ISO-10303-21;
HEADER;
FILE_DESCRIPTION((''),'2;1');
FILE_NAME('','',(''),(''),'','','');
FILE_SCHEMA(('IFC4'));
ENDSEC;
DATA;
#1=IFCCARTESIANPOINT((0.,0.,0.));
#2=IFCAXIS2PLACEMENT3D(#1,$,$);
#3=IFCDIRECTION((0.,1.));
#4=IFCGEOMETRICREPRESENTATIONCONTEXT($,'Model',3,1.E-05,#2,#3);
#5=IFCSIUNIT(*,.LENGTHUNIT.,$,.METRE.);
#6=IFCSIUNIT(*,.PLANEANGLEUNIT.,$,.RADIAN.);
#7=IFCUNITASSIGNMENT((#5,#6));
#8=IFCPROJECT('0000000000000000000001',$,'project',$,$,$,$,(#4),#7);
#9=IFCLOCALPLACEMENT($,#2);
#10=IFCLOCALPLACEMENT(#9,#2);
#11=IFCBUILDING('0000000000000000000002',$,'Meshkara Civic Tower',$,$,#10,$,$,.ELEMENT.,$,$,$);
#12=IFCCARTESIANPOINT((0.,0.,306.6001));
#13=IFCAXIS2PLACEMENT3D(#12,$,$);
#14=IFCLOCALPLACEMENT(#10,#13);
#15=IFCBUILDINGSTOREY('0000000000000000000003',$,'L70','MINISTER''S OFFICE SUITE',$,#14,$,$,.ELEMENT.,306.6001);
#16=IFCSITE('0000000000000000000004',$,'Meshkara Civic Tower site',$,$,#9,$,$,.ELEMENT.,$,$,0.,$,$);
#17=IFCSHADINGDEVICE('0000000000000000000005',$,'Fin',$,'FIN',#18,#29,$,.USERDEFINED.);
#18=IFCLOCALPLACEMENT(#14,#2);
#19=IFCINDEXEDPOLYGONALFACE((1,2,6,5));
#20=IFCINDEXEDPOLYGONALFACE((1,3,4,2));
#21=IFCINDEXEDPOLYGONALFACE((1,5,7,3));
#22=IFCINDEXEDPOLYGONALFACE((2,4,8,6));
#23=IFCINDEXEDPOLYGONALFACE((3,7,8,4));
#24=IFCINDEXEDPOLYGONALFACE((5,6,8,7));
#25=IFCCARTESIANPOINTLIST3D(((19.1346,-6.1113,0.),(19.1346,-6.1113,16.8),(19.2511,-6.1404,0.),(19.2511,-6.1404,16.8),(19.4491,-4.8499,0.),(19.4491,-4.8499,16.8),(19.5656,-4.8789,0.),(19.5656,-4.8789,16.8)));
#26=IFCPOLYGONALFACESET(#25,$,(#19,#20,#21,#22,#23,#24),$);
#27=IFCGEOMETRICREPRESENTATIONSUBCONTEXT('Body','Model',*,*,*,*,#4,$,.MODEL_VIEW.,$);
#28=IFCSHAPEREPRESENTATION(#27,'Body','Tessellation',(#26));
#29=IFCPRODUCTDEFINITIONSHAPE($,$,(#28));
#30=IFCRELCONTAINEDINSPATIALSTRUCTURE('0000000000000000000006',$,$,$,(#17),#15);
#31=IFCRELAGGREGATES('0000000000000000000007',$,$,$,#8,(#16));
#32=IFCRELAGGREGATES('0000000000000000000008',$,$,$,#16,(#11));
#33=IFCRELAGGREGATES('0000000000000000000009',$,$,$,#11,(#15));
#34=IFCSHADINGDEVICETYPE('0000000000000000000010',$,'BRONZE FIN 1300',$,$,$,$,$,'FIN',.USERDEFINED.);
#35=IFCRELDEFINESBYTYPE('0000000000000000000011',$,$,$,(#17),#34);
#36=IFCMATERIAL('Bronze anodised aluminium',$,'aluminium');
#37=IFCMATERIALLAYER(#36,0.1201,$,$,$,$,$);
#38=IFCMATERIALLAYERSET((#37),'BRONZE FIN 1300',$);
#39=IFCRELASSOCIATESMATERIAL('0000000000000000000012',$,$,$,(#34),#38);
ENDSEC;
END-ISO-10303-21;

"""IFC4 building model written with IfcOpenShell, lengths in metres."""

from ifc_helpers import new_model, si_unit, direction, frame, origin, origin_2d, place, context, subcontext, project, spatial, rectangle, extrude, material, layer, layer_set, type_object, element, save


model = new_model("IFC4")

# Units and contexts
model_context = context("Model", 3, precision=1e-05, world=origin(), true_north=direction((0.0, 1.0)))
body_context = subcontext(model_context, "Body", "Model", "MODEL_VIEW")
ifc_project = project(units=[si_unit("LENGTHUNIT", "METRE"), si_unit("PLANEANGLEUNIT", "RADIAN")], contexts=[model_context])

# Site, building, storey
site_placement = place(None, origin())
site = spatial("IfcSite", under=ifc_project, at=site_placement, Name="Meshkara Civic Tower site", CompositionType="ELEMENT", RefElevation=0.0)
building_placement = place(site_placement, origin())
building = spatial("IfcBuilding", under=site, at=building_placement, Name="Meshkara Civic Tower", CompositionType="ELEMENT")
storey_placement = place(building_placement, frame((0.0, 0.0, 306.6001)))
storey = spatial("IfcBuildingStorey", under=building, at=storey_placement, Name="L70", Description="MINISTER'S OFFICE SUITE", CompositionType="ELEMENT", Elevation=306.6001)

# Shading device
ifc_material_1 = material(Name="Bronze anodised aluminium", Category="aluminium")
ifc_layer_1 = layer(ifc_material_1, 0.1201)
ifc_layer_set_1 = layer_set([ifc_layer_1], Name="BRONZE FIN 1300")
shading_device_type = type_object("IfcShadingDeviceType", Name="BRONZE FIN 1300", ElementType="FIN", PredefinedType="USERDEFINED", material=ifc_layer_set_1)
for number, where, z_axis, x_axis, name in (
    (1, (19.3501, -5.4951, 0.0), (0.0, 0.0, 1.0), (0.970296, -0.241922, 0.0), "Fin"),
):
    element("IfcShadingDevice", number, at=place(storey_placement, frame(where, z_axis=z_axis, x_axis=x_axis)), inside=storey, type_object=shading_device_type, Name=name, ObjectType="FIN", PredefinedType="USERDEFINED", context=body_context, shape_type="SweptSolid", body=[
        extrude(rectangle(XDim=0.1201, YDim=1.3, at=origin_2d()), origin(), (0.0, 0.0, 1.0), 16.8),
    ])

save(model, "model.ifc")
